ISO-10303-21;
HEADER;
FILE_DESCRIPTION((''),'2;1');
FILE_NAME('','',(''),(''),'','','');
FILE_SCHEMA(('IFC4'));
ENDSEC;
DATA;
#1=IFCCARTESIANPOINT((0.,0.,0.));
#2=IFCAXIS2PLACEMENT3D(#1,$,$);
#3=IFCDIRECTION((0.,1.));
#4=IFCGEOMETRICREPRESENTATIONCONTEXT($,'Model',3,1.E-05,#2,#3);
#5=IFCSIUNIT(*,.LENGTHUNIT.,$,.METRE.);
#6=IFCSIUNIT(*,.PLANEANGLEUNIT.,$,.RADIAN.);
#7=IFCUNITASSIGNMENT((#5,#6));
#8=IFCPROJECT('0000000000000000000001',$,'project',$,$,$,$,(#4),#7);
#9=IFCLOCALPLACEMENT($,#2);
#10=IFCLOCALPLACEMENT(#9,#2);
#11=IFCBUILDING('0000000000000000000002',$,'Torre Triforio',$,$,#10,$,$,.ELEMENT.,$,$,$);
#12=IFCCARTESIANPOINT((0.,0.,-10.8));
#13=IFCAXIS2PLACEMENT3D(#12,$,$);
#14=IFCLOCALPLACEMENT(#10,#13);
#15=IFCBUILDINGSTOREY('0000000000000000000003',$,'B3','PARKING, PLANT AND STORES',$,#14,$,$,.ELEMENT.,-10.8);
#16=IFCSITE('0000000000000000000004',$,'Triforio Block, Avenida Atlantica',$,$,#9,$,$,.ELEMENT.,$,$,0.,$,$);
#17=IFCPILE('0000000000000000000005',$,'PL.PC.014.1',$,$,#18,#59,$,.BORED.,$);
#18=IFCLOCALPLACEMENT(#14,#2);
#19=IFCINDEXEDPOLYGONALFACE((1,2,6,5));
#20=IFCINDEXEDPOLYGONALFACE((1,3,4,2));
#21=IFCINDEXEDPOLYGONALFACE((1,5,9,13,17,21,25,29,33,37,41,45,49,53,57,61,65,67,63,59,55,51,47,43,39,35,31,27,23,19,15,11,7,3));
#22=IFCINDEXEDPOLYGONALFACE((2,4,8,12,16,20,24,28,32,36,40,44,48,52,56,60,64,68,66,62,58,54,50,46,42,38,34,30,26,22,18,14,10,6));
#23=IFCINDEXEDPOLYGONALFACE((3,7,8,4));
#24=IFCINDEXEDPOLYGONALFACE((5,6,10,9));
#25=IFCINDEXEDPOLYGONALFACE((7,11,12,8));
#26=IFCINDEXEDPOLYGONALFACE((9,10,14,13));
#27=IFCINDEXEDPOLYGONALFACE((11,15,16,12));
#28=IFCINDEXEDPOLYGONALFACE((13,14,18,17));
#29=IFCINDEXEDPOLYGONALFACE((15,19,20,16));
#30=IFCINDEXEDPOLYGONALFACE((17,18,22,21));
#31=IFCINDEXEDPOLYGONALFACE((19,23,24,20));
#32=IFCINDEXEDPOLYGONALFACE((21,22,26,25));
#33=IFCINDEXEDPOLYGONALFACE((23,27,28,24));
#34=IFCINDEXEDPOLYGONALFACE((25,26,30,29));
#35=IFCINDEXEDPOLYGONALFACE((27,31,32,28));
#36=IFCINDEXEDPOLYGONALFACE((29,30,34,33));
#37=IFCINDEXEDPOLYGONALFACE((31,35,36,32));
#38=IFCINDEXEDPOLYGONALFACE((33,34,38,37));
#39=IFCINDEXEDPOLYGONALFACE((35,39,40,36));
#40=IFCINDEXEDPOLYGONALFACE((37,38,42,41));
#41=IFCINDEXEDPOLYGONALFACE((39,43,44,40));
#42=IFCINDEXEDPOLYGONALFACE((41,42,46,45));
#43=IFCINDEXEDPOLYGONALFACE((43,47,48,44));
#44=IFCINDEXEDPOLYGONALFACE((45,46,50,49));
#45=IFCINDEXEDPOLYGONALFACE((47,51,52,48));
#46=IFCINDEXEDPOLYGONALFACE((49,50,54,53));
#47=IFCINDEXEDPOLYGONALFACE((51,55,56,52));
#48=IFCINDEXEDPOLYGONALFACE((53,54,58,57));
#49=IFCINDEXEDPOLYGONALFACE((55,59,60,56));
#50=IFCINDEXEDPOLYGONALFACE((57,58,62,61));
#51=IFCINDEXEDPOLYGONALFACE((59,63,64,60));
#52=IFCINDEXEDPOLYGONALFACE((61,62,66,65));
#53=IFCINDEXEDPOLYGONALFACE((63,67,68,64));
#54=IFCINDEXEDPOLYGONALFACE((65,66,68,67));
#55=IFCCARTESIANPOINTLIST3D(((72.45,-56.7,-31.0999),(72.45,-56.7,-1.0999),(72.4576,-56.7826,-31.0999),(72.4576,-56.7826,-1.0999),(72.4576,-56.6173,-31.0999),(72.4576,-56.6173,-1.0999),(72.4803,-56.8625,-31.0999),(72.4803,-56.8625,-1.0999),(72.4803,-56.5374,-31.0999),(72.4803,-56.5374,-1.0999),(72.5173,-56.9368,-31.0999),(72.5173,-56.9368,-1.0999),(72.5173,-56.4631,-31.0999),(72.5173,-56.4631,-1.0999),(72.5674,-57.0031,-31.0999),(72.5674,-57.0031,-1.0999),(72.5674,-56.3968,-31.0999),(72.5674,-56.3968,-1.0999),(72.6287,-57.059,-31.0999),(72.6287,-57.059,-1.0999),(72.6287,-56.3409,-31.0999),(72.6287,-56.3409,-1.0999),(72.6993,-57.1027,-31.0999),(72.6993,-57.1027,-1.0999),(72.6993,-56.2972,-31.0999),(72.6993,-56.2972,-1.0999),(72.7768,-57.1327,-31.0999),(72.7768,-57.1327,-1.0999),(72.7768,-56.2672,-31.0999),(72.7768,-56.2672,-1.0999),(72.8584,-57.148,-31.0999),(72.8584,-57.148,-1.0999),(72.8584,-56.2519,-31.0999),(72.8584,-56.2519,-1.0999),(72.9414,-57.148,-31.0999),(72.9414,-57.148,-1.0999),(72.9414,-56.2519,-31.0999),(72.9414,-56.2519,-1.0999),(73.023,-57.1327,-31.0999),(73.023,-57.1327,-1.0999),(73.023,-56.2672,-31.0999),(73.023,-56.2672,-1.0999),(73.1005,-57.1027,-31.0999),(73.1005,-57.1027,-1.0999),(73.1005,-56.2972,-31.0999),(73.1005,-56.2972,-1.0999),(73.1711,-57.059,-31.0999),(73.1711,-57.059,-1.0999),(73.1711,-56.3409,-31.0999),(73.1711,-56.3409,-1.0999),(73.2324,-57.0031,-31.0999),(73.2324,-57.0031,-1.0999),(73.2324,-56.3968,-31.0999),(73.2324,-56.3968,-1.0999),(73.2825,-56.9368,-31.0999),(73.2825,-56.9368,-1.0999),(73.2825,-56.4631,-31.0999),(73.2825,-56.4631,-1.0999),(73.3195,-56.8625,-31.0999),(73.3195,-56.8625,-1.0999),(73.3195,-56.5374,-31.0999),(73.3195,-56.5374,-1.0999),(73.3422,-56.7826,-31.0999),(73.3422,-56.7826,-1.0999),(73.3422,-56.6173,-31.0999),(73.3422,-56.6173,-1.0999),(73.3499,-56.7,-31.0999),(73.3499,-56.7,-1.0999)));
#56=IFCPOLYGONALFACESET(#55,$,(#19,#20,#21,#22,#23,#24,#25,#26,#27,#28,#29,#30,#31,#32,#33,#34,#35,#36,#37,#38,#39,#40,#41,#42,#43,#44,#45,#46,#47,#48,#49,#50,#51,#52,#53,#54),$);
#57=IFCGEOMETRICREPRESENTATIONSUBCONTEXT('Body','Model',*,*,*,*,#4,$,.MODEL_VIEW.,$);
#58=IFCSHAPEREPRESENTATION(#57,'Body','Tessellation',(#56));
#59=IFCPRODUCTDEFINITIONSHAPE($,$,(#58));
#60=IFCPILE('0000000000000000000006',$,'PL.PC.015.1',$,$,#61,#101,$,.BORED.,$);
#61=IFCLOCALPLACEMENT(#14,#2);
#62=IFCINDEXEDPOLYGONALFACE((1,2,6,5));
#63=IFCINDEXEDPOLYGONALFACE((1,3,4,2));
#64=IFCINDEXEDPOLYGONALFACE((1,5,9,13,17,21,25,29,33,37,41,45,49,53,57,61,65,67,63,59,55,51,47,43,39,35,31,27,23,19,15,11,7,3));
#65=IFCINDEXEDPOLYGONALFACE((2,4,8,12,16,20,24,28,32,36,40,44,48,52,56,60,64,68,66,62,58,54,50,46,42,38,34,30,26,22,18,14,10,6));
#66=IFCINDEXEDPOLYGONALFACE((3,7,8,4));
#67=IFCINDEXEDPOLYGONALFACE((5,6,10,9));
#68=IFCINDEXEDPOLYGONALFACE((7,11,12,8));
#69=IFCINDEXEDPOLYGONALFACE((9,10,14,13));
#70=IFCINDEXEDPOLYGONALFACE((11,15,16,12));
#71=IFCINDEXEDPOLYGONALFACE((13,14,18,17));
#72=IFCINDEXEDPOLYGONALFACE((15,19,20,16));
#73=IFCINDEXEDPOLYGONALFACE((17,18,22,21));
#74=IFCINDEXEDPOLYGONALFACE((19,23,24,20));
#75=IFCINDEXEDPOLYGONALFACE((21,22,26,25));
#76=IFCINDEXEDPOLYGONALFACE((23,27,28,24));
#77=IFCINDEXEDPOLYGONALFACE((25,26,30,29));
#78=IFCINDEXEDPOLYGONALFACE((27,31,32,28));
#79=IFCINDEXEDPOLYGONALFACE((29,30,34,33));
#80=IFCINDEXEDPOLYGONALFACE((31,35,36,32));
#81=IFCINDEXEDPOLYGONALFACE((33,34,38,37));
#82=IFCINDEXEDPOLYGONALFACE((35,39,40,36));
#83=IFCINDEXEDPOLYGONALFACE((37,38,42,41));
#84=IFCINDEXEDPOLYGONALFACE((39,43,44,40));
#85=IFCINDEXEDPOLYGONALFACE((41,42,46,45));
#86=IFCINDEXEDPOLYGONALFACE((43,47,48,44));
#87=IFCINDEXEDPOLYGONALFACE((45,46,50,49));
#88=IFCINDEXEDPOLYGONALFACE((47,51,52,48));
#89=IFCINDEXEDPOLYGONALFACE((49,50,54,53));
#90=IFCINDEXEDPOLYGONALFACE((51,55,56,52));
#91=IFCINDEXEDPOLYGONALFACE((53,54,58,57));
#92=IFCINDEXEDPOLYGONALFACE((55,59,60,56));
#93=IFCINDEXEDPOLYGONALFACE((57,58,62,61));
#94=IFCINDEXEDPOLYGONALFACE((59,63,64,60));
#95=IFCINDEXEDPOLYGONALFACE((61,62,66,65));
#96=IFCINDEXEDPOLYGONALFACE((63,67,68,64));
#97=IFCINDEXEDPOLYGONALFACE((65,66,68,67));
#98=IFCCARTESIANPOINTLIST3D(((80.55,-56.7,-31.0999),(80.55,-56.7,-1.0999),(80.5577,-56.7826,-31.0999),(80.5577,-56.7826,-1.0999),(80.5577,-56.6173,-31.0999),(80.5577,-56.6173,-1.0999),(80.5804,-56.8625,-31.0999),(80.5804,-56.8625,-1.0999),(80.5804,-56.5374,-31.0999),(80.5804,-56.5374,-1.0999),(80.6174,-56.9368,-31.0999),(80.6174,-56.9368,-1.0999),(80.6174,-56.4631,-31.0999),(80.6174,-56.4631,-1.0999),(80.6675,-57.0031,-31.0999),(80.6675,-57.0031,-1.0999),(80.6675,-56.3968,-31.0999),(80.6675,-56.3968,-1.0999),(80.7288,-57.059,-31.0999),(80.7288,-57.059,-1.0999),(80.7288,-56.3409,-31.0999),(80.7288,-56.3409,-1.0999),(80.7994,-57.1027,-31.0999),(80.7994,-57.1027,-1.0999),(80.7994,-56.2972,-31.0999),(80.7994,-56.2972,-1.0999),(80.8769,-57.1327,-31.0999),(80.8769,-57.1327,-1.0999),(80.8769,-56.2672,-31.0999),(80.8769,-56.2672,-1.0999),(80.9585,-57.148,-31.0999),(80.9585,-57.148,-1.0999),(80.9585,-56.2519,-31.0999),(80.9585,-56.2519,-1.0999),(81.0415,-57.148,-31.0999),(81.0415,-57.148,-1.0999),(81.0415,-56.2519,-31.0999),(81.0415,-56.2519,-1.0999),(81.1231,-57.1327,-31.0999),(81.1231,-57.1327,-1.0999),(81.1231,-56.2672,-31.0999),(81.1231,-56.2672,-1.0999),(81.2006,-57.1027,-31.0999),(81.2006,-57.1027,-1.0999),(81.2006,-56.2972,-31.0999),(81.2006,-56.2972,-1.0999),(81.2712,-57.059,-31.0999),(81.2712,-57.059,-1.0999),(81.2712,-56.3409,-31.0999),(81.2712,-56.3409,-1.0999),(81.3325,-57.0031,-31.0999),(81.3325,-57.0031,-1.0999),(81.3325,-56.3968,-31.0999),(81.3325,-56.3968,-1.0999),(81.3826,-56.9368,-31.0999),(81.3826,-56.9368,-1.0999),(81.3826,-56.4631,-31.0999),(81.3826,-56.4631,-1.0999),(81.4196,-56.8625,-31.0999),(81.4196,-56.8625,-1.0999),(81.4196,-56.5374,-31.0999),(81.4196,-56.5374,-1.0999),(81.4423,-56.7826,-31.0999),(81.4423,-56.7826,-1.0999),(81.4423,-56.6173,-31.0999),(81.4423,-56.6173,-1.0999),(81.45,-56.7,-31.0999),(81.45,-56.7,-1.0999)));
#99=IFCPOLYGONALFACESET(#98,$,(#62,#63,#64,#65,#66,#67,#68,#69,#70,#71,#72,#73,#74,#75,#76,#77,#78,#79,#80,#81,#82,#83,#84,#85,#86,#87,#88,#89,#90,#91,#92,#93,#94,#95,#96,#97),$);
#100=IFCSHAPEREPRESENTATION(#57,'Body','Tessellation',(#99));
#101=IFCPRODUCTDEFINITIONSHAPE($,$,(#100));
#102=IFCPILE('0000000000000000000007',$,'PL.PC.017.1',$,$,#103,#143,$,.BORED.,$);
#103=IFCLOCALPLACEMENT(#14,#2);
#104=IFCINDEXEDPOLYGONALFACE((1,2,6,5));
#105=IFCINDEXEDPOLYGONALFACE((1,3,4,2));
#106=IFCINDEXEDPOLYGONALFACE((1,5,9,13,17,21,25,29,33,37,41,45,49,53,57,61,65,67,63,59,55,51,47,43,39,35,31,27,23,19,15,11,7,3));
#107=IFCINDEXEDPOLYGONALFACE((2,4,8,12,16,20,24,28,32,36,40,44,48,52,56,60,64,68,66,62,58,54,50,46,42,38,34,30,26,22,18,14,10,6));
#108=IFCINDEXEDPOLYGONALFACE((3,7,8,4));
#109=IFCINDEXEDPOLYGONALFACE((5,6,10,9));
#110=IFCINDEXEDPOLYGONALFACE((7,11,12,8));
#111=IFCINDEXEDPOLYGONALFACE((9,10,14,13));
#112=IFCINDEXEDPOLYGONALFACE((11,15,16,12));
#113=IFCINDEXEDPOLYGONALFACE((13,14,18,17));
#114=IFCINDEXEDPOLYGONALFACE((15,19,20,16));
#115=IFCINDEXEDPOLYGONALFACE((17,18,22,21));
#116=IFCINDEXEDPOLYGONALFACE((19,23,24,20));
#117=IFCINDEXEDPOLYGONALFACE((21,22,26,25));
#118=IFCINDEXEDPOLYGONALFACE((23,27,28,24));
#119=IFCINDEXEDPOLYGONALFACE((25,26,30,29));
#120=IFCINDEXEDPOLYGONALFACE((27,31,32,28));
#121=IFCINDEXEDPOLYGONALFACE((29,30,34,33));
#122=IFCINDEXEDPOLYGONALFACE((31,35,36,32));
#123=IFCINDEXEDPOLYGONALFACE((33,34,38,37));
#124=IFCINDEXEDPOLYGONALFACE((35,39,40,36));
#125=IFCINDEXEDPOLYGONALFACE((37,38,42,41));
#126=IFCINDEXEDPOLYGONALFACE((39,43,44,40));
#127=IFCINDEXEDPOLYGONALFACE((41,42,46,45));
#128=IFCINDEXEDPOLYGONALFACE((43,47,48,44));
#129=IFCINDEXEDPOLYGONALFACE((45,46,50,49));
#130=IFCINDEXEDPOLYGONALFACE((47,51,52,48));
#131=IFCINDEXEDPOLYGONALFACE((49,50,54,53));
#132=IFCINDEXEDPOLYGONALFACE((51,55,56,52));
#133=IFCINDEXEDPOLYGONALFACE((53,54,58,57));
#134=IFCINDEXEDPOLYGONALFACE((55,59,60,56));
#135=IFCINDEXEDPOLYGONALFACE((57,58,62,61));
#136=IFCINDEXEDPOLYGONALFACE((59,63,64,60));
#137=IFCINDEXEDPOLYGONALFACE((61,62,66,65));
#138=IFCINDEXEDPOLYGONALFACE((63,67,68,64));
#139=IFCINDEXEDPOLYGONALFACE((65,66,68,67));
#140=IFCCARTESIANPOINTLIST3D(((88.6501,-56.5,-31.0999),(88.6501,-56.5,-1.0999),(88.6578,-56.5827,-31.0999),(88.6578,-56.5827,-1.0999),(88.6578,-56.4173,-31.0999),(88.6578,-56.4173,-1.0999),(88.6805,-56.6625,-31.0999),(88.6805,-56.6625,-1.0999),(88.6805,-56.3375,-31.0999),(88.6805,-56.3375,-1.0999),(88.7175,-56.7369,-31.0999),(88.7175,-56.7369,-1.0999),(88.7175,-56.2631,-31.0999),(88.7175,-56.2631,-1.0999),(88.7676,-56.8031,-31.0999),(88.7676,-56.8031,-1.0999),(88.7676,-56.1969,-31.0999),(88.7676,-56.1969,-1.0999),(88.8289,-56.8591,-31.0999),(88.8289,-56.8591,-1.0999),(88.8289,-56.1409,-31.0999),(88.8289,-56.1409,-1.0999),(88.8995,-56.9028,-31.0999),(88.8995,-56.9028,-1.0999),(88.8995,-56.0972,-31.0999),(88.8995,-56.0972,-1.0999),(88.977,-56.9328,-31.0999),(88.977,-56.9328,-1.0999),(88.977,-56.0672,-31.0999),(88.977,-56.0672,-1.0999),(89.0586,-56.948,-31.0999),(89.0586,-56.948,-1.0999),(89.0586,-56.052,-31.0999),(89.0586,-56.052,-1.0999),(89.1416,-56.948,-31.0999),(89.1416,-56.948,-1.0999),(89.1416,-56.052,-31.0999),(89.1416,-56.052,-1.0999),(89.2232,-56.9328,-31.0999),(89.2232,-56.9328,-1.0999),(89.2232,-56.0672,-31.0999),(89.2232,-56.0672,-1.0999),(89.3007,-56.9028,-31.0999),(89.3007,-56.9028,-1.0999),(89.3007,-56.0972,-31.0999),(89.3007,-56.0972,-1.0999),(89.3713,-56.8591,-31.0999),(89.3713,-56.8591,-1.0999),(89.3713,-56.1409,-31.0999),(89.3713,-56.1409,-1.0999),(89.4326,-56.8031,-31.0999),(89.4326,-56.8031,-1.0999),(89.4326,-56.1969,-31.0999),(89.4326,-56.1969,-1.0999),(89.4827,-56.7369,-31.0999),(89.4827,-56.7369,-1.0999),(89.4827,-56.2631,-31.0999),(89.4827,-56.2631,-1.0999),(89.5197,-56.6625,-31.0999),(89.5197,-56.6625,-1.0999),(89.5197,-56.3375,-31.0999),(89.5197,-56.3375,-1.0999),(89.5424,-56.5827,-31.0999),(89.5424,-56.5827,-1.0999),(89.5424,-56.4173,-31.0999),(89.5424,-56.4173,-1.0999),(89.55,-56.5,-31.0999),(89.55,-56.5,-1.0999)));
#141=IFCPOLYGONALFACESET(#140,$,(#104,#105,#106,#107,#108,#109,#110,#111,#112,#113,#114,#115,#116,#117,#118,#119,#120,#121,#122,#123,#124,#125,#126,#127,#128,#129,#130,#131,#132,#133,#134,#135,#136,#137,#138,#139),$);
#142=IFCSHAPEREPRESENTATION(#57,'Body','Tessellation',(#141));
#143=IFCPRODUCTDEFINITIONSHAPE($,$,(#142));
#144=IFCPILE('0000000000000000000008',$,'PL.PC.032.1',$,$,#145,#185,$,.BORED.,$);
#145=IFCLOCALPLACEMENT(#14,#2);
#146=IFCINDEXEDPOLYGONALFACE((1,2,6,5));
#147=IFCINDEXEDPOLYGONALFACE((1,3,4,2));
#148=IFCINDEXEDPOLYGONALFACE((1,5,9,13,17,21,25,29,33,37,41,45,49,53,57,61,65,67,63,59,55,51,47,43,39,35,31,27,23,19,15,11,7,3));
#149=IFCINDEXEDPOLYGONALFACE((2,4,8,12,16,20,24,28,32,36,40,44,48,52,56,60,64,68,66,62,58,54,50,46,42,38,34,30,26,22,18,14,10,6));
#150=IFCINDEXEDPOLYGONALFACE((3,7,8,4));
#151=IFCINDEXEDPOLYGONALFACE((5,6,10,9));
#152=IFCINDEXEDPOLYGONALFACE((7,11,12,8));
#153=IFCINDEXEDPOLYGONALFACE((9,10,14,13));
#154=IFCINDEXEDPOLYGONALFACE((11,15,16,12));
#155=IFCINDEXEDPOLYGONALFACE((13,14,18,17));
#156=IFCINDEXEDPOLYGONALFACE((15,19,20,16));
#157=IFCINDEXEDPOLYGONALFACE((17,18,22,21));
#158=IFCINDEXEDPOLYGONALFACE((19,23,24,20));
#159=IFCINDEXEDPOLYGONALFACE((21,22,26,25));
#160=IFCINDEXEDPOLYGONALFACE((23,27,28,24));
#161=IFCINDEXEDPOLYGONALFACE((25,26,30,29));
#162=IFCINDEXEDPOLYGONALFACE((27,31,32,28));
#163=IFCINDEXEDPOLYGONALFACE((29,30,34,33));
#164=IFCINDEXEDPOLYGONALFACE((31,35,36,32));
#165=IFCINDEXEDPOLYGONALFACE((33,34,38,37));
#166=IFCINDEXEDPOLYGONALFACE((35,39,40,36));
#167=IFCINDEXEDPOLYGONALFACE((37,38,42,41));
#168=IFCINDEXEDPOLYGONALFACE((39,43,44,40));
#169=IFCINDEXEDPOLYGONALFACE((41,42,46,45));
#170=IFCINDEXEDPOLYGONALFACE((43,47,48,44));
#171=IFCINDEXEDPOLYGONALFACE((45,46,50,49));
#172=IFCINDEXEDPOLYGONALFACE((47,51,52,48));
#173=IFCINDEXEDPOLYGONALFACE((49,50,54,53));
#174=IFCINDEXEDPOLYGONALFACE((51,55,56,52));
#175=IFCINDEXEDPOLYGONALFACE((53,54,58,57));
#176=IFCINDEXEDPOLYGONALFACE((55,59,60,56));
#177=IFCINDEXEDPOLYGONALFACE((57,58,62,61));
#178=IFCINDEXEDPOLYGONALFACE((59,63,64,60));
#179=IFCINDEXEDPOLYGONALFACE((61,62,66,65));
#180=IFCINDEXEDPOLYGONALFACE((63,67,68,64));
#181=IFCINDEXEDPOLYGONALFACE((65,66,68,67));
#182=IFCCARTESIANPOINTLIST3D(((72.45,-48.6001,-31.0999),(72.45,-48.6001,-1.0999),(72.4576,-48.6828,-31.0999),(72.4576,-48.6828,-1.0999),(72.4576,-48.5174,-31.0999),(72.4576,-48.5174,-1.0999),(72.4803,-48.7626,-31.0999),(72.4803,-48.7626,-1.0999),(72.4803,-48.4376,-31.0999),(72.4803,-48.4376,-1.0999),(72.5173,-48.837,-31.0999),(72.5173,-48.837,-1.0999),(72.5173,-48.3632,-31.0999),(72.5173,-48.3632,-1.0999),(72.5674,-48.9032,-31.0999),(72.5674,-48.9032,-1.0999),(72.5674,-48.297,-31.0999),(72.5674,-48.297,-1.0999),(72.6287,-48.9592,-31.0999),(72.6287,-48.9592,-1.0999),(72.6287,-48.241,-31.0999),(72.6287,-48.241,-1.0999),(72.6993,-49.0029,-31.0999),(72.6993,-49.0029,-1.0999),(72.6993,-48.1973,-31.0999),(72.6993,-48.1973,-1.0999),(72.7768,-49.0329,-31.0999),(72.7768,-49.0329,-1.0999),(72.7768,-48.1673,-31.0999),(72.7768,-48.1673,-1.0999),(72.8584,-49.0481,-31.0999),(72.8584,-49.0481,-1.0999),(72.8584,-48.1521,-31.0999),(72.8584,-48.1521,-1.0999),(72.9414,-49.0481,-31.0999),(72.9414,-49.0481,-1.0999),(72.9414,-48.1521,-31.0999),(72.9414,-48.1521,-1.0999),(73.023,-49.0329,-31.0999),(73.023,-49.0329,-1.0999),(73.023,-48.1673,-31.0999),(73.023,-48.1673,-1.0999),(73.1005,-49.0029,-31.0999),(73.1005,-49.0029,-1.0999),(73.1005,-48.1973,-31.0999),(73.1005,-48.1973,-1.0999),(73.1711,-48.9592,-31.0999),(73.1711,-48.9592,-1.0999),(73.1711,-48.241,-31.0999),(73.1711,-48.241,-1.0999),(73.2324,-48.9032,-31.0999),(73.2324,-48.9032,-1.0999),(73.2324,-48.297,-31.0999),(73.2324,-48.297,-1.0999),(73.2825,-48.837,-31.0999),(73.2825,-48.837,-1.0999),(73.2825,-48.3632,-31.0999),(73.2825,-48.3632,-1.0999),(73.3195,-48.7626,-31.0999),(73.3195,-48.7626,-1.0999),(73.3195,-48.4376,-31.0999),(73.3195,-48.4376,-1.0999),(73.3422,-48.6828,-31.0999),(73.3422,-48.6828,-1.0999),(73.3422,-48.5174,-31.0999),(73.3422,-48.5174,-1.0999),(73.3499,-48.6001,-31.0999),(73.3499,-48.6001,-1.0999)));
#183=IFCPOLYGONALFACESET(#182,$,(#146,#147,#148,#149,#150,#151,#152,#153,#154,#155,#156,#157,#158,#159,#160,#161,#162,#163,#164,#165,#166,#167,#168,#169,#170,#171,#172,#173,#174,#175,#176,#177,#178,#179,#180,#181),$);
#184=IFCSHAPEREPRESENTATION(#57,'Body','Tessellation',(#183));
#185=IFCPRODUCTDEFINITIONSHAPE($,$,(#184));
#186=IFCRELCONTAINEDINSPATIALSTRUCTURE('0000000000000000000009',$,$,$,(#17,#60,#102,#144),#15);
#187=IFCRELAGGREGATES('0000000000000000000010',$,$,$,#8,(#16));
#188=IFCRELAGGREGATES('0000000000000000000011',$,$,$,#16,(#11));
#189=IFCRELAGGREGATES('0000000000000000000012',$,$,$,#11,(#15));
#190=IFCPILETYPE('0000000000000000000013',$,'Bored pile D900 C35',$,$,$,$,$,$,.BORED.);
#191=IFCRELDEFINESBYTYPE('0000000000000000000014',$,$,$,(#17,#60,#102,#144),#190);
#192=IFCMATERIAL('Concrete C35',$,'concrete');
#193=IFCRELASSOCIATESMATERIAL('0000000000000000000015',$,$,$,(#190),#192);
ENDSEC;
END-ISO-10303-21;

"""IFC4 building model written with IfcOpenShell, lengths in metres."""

from ifc_helpers import new_model, si_unit, direction, frame, origin, origin_2d, place, context, subcontext, project, spatial, circle, extrude, material, material_profile, profile_set, type_object, element, save


model = new_model("IFC4")

# Units and contexts
model_context = context("Model", 3, precision=1e-05, world=origin(), true_north=direction((0.0, 1.0)))
body_context = subcontext(model_context, "Body", "Model", "MODEL_VIEW")
ifc_project = project(units=[si_unit("LENGTHUNIT", "METRE"), si_unit("PLANEANGLEUNIT", "RADIAN")], contexts=[model_context])

# Site, building, storey
site_placement = place(None, origin())
site = spatial("IfcSite", under=ifc_project, at=site_placement, Name="Triforio Block, Avenida Atlantica", CompositionType="ELEMENT", RefElevation=0.0)
building_placement = place(site_placement, origin())
building = spatial("IfcBuilding", under=site, at=building_placement, Name="Torre Triforio", CompositionType="ELEMENT")
storey_placement = place(building_placement, frame((0.0, 0.0, -10.8)))
storey = spatial("IfcBuildingStorey", under=building, at=storey_placement, Name="B3", Description="PARKING, PLANT AND STORES", CompositionType="ELEMENT", Elevation=-10.8)

# Piles
ifc_material_1 = material(Name="Concrete C35", Category="concrete")
ifc_material_profile_1 = material_profile(ifc_material_1, circle(Radius=0.45, at=origin_2d()), Name="RC D900")
ifc_profile_set_1 = profile_set([ifc_material_profile_1], Name="Concrete C35")
pile_type = type_object("IfcPileType", Name="Bored pile D900 C35", PredefinedType="BORED", material=ifc_profile_set_1)
for number, where, z_axis, x_axis, name in (
    (1, (72.8999, -56.7, -1.0999), (0.0, 0.0, -1.0), (1.0, 0.0, 0.0), "PL.PC.014.1"),
    (2, (81.0, -56.7, -1.0999), (0.0, 0.0, -1.0), (1.0, 0.0, 0.0), "PL.PC.015.1"),
    (3, (89.1001, -56.5, -1.0999), (0.0, 0.0, -1.0), (1.0, 0.0, 0.0), "PL.PC.017.1"),
    (4, (72.8999, -48.6001, -1.0999), (0.0, 0.0, -1.0), (1.0, 0.0, 0.0), "PL.PC.032.1"),
):
    element("IfcPile", number, at=place(storey_placement, frame(where, z_axis=z_axis, x_axis=x_axis)), inside=storey, type_object=pile_type, Name=name, PredefinedType="BORED", context=body_context, shape_type="SweptSolid", body=[
        extrude(circle(Radius=0.45, at=origin_2d()), origin(), (0.0, 0.0, 1.0), 30.0),
    ])

save(model, "model.ifc")
